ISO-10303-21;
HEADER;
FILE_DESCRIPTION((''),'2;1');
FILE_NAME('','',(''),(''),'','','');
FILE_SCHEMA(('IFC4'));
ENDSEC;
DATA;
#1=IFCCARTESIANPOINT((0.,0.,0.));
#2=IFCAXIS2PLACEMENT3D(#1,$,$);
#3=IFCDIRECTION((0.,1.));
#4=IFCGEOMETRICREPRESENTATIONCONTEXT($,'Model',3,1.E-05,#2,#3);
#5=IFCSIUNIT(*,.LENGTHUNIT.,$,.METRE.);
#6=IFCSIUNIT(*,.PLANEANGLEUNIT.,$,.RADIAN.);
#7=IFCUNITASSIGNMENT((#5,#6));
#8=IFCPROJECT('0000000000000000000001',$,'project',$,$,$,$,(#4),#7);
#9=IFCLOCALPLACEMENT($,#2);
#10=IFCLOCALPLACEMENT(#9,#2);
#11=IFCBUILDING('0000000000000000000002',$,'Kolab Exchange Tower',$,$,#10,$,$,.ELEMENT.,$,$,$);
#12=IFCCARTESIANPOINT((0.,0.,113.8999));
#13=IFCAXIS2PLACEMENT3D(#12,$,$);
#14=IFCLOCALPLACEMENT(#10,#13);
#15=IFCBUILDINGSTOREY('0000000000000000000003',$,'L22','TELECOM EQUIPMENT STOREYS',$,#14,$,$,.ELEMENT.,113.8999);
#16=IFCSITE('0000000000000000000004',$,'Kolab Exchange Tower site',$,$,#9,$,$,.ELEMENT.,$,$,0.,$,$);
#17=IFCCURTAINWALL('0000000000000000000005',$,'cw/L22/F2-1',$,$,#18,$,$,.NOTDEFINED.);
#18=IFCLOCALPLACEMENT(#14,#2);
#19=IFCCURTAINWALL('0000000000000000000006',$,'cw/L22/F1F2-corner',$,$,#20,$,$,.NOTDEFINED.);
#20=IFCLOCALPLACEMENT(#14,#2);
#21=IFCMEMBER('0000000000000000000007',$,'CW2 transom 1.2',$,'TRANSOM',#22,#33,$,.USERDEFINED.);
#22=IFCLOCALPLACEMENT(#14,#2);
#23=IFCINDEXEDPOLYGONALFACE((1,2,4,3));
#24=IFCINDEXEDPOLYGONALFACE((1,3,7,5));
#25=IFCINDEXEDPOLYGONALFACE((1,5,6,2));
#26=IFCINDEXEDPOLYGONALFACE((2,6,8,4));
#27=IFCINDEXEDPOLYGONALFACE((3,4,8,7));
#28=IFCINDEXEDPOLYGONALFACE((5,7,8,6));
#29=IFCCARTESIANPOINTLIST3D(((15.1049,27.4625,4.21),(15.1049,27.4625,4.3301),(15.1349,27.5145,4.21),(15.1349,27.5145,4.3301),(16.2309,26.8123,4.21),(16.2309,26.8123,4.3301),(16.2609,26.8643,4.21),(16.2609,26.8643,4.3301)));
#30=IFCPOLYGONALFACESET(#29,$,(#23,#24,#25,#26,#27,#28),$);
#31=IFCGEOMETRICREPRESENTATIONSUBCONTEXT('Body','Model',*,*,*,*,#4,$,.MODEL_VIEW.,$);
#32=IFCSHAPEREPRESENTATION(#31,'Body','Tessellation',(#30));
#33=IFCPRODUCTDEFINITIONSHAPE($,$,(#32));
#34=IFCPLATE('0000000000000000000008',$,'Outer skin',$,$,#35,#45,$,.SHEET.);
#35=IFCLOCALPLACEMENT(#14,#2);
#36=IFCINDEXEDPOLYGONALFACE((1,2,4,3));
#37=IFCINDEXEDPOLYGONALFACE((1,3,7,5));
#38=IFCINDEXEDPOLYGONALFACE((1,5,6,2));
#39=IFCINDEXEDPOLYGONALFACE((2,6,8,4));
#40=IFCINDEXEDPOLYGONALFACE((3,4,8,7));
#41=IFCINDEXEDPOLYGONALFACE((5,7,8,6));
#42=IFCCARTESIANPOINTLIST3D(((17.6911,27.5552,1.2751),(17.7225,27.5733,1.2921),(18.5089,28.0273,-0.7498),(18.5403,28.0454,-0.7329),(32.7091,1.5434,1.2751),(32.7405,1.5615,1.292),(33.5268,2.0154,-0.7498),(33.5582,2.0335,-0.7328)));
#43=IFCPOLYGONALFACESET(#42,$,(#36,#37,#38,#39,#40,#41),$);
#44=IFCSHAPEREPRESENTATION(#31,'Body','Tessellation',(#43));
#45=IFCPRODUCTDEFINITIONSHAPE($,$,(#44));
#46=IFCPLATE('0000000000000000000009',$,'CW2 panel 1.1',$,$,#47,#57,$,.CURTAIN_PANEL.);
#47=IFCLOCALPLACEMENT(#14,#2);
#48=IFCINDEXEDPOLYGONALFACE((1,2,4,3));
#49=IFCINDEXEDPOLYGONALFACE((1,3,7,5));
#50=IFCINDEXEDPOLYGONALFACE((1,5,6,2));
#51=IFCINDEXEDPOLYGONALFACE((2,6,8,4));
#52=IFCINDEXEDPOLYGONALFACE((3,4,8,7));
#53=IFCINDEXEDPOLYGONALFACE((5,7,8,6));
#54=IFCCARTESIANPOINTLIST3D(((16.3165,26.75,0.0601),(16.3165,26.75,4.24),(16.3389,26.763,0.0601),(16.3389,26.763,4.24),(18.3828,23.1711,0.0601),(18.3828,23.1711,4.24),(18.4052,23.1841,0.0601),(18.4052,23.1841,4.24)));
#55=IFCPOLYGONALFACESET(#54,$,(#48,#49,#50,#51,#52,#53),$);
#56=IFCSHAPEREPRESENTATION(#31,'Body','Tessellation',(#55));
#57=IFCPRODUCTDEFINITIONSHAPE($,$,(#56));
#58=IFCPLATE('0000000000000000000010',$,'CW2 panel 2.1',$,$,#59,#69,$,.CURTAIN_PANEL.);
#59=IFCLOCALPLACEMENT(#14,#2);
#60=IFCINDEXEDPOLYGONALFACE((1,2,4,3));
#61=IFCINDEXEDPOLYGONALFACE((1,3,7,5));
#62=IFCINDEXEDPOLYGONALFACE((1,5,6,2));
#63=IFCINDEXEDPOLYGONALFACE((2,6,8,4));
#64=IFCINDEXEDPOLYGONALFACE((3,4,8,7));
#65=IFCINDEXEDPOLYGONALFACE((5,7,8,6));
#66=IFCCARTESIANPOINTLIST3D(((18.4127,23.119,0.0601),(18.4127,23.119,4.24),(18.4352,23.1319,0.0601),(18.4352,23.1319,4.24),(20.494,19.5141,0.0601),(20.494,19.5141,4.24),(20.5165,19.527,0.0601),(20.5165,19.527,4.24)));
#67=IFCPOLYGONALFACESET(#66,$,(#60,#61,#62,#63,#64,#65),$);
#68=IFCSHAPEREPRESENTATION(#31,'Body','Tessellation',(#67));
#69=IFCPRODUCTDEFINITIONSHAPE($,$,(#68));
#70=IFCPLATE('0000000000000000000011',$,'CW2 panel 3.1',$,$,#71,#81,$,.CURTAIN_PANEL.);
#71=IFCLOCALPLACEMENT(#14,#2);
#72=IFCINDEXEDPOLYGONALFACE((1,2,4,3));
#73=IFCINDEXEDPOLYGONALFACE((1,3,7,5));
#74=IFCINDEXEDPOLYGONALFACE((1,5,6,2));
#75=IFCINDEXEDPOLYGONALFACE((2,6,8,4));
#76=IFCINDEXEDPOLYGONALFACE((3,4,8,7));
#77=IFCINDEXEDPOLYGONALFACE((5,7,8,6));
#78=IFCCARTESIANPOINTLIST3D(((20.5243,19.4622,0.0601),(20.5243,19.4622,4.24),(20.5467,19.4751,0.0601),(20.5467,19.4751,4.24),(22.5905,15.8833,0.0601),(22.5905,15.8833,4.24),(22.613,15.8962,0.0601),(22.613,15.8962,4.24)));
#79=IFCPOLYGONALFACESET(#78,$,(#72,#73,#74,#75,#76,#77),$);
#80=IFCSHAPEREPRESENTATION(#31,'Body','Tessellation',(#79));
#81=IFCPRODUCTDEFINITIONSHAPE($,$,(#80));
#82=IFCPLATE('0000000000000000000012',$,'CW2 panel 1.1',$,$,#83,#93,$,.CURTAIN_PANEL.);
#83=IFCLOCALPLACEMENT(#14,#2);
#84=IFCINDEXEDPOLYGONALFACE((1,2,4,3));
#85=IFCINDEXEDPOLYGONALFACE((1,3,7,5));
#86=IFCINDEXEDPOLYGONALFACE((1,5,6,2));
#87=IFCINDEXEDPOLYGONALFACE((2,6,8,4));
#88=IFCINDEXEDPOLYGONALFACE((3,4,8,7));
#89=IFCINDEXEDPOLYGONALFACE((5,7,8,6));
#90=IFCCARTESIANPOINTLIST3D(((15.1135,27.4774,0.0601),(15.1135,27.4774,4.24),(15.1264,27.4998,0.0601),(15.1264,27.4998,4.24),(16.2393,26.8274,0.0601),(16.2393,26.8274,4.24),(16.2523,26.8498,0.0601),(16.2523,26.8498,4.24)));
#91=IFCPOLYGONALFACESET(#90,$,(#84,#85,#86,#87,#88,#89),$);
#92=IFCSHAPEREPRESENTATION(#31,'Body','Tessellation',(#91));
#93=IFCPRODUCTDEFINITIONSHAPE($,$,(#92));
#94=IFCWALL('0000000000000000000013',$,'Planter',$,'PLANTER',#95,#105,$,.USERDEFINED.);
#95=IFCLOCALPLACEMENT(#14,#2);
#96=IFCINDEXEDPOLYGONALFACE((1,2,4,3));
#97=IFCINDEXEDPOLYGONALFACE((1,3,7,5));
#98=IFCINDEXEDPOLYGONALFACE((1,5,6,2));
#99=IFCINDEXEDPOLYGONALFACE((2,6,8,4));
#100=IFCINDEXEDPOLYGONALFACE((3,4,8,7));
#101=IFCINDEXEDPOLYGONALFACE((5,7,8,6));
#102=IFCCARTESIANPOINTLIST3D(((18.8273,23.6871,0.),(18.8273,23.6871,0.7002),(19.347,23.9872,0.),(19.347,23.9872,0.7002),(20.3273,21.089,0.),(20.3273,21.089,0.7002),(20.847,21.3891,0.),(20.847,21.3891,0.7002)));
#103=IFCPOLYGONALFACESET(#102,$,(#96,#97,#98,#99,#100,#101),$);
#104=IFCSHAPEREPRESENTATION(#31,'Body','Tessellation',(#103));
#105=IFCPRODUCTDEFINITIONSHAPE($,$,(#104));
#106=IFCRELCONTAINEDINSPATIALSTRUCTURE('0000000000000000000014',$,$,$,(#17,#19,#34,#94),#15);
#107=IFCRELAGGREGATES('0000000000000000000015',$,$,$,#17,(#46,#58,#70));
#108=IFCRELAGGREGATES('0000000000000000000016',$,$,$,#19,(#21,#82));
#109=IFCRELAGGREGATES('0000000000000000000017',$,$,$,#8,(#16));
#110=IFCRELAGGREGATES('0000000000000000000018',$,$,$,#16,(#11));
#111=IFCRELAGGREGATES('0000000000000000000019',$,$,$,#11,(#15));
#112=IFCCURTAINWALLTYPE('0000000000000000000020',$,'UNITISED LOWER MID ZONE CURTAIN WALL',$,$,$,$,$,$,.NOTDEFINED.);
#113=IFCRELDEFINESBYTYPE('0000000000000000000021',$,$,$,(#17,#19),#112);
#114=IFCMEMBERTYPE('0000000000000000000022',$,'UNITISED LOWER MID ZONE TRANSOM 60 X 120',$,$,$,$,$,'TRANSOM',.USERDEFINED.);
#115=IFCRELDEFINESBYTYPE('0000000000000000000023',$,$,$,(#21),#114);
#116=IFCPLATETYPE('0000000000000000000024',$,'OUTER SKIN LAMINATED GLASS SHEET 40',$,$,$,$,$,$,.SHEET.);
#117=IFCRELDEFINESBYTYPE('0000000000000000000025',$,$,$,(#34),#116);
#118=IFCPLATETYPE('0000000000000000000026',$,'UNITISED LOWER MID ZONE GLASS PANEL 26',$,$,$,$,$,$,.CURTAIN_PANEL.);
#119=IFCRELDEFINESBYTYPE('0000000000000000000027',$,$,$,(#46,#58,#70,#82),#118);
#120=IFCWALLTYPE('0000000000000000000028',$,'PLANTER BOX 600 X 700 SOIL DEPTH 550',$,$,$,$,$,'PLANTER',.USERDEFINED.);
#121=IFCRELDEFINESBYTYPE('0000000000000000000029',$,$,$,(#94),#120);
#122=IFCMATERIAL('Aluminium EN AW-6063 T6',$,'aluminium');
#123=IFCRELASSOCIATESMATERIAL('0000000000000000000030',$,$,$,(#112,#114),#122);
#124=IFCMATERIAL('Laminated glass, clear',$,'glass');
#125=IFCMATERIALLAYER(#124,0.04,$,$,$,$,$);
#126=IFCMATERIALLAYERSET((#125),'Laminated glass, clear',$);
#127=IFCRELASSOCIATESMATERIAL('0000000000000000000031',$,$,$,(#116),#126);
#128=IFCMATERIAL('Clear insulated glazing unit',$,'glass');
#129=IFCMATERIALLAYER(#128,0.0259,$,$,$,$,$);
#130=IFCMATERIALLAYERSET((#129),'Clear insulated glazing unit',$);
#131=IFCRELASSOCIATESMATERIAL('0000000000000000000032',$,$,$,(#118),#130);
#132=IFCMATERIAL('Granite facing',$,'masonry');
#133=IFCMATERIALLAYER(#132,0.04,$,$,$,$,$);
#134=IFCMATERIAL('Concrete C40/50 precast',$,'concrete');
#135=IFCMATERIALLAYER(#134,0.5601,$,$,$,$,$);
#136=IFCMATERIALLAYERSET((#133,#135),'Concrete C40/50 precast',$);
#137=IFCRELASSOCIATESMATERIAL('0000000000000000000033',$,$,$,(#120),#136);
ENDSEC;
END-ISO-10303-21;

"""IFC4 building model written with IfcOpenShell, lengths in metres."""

from ifc_helpers import new_model, si_unit, direction, frame, frame_2d, origin, origin_2d, place, context, subcontext, project, spatial, polyline, rectangle, outline, extrude, material, layer, layer_set, material_profile, profile_set, type_object, element, aggregate, save


model = new_model("IFC4")

# Units and contexts
model_context = context("Model", 3, precision=1e-05, world=origin(), true_north=direction((0.0, 1.0)))
body_context = subcontext(model_context, "Body", "Model", "MODEL_VIEW")
ifc_project = project(units=[si_unit("LENGTHUNIT", "METRE"), si_unit("PLANEANGLEUNIT", "RADIAN")], contexts=[model_context])

# Site, building, storey
site_placement = place(None, origin())
site = spatial("IfcSite", under=ifc_project, at=site_placement, Name="Kolab Exchange Tower site", CompositionType="ELEMENT", RefElevation=0.0)
building_placement = place(site_placement, origin())
building = spatial("IfcBuilding", under=site, at=building_placement, Name="Kolab Exchange Tower", CompositionType="ELEMENT")
storey_placement = place(building_placement, frame((0.0, 0.0, 113.8999)))
storey = spatial("IfcBuildingStorey", under=building, at=storey_placement, Name="L22", Description="TELECOM EQUIPMENT STOREYS", CompositionType="ELEMENT", Elevation=113.8999)

# Curtain wall
ifc_material_1 = material(Name="Aluminium EN AW-6063 T6", Category="aluminium")
curtain_wall_type = type_object("IfcCurtainWallType", Name="UNITISED LOWER MID ZONE CURTAIN WALL", PredefinedType="NOTDEFINED", material=ifc_material_1)
curtain_wall_1_placement = place(storey_placement, origin())
curtain_wall_1 = element("IfcCurtainWall", 1, at=curtain_wall_1_placement, inside=storey, type_object=curtain_wall_type, Name="cw/L22/F2-1", PredefinedType="NOTDEFINED")

# Curtain wall
curtain_wall_2_placement = place(storey_placement, origin())
curtain_wall_2 = element("IfcCurtainWall", 2, at=curtain_wall_2_placement, inside=storey, type_object=curtain_wall_type, Name="cw/L22/F1F2-corner", PredefinedType="NOTDEFINED")

# Member
ifc_material_profile_1 = material_profile(ifc_material_1, rectangle(XDim=0.0601, YDim=0.1201, at=origin_2d()), Name="RECT 60X120")
ifc_profile_set_1 = profile_set([ifc_material_profile_1], Name="Aluminium EN AW-6063 T6")
member_type_1 = type_object("IfcMemberType", Name="UNITISED LOWER MID ZONE TRANSOM 60 X 120", ElementType="TRANSOM", PredefinedType="USERDEFINED", material=ifc_profile_set_1)
member_1_placement = place(storey_placement, frame((15.1199, 27.4885, 4.27), z_axis=(0.866004, -0.500037, 0.0), x_axis=(0.500037, 0.866004, 0.0)))
member_1 = element("IfcMember", 3, at=member_1_placement, type_object=member_type_1, Name="CW2 transom 1.2", ObjectType="TRANSOM", PredefinedType="USERDEFINED", context=body_context, shape_type="SweptSolid", body=[
    extrude(rectangle(XDim=0.0601, YDim=0.1201, at=origin_2d()), origin(), (0.0, 0.0, 1.0), 1.3003),
])

# Plates
ifc_material_2 = material(Name="Laminated glass, clear", Category="glass")
ifc_layer_1 = layer(ifc_material_2, 0.04)
ifc_layer_set_1 = layer_set([ifc_layer_1], Name="Laminated glass, clear")
plate_type_1 = type_object("IfcPlateType", Name="OUTER SKIN LAMINATED GLASS SHEET 40", PredefinedType="SHEET", material=ifc_layer_set_1)
plate_1_placement = place(storey_placement, frame((18.5403, 28.0454, -0.7329), z_axis=(0.784887, 0.453155, 0.422613), x_axis=(0.499999, -0.866026, 0.000002)))
element("IfcPlate", 4, at=plate_1_placement, inside=storey, type_object=plate_type_1, Name="Outer skin", PredefinedType="SHEET", context=body_context, shape_type="SweptSolid", body=[
    extrude(outline(polyline([(0.0, 0.0), (30.0359, 0.0), (30.0358, -2.2342), (0.0, -2.2343), (0.0, 0.0)])), origin(), (0.0, 0.0, -1.0), 0.04),
])
ifc_material_3 = material(Name="Clear insulated glazing unit", Category="glass")
ifc_layer_2 = layer(ifc_material_3, 0.0259)
ifc_layer_set_2 = layer_set([ifc_layer_2], Name="Clear insulated glazing unit")
plate_type_2 = type_object("IfcPlateType", Name="UNITISED LOWER MID ZONE GLASS PANEL 26", PredefinedType="CURTAIN_PANEL", material=ifc_layer_set_2)
plate_2_placement = place(storey_placement, frame((17.3608, 24.967, 0.0601), z_axis=(0.0, 0.0, 1.0), x_axis=(0.5, -0.866025, 0.0)))
plate_2 = element("IfcPlate", 5, at=plate_2_placement, type_object=plate_type_2, Name="CW2 panel 1.1", PredefinedType="CURTAIN_PANEL", context=body_context, shape_type="SweptSolid", body=[
    extrude(rectangle(XDim=4.1326, YDim=0.0259, at=origin_2d()), origin(), (0.0, 0.0, 1.0), 4.1799),
])
plate_3_placement = place(storey_placement, frame((19.4646, 21.323, 0.0601), z_axis=(0.0, 0.0, 1.0), x_axis=(0.5, -0.866025, 0.0)))
plate_3 = element("IfcPlate", 6, at=plate_3_placement, type_object=plate_type_2, Name="CW2 panel 2.1", PredefinedType="CURTAIN_PANEL", context=body_context, shape_type="SweptSolid", body=[
    extrude(rectangle(XDim=4.1626, YDim=0.0259, at=origin_2d()), origin(), (0.0, 0.0, 1.0), 4.1799),
])
plate_4_placement = place(storey_placement, frame((21.5686, 17.6792, 0.0601), z_axis=(0.0, 0.0, 1.0), x_axis=(0.5, -0.866025, 0.0)))
plate_4 = element("IfcPlate", 7, at=plate_4_placement, type_object=plate_type_2, Name="CW2 panel 3.1", PredefinedType="CURTAIN_PANEL", context=body_context, shape_type="SweptSolid", body=[
    extrude(rectangle(XDim=4.1326, YDim=0.0259, at=origin_2d()), origin(), (0.0, 0.0, 1.0), 4.1799),
])
aggregate(curtain_wall_1, [plate_2, plate_3, plate_4])
plate_5_placement = place(storey_placement, frame((15.6829, 27.1636, 0.0601), z_axis=(0.0, 0.0, 1.0), x_axis=(0.866025, -0.5, 0.0)))
plate_5 = element("IfcPlate", 8, at=plate_5_placement, type_object=plate_type_2, Name="CW2 panel 1.1", PredefinedType="CURTAIN_PANEL", context=body_context, shape_type="SweptSolid", body=[
    extrude(rectangle(XDim=1.3, YDim=0.0259, at=origin_2d()), origin(), (0.0, 0.0, 1.0), 4.1799),
])
aggregate(curtain_wall_2, [member_1, plate_5])

# Wall
ifc_material_4 = material(Name="Granite facing", Category="masonry")
ifc_layer_3 = layer(ifc_material_4, 0.04)
ifc_material_5 = material(Name="Concrete C40/50 precast", Category="concrete")
ifc_layer_4 = layer(ifc_material_5, 0.5601)
ifc_layer_set_3 = layer_set([ifc_layer_3, ifc_layer_4], Name="Concrete C40/50 precast")
wall_type_1 = type_object("IfcWallType", Name="PLANTER BOX 600 X 700 SOIL DEPTH 550", ElementType="PLANTER", PredefinedType="USERDEFINED", material=ifc_layer_set_3)
wall_1_placement = place(storey_placement, frame((19.0872, 23.8372, 0.0), z_axis=(0.0, 0.0, 1.0), x_axis=(0.49999, -0.866031, 0.0)))
element("IfcWall", 9, at=wall_1_placement, inside=storey, type_object=wall_type_1, Name="Planter", ObjectType="PLANTER", PredefinedType="USERDEFINED", context=body_context, shape_type="SweptSolid", body=[
    extrude(rectangle(XDim=3.0, YDim=0.6001, at=frame_2d((1.5, 0.0))), origin(), (0.0, 0.0, 1.0), 0.7002),
])

save(model, "model.ifc")
